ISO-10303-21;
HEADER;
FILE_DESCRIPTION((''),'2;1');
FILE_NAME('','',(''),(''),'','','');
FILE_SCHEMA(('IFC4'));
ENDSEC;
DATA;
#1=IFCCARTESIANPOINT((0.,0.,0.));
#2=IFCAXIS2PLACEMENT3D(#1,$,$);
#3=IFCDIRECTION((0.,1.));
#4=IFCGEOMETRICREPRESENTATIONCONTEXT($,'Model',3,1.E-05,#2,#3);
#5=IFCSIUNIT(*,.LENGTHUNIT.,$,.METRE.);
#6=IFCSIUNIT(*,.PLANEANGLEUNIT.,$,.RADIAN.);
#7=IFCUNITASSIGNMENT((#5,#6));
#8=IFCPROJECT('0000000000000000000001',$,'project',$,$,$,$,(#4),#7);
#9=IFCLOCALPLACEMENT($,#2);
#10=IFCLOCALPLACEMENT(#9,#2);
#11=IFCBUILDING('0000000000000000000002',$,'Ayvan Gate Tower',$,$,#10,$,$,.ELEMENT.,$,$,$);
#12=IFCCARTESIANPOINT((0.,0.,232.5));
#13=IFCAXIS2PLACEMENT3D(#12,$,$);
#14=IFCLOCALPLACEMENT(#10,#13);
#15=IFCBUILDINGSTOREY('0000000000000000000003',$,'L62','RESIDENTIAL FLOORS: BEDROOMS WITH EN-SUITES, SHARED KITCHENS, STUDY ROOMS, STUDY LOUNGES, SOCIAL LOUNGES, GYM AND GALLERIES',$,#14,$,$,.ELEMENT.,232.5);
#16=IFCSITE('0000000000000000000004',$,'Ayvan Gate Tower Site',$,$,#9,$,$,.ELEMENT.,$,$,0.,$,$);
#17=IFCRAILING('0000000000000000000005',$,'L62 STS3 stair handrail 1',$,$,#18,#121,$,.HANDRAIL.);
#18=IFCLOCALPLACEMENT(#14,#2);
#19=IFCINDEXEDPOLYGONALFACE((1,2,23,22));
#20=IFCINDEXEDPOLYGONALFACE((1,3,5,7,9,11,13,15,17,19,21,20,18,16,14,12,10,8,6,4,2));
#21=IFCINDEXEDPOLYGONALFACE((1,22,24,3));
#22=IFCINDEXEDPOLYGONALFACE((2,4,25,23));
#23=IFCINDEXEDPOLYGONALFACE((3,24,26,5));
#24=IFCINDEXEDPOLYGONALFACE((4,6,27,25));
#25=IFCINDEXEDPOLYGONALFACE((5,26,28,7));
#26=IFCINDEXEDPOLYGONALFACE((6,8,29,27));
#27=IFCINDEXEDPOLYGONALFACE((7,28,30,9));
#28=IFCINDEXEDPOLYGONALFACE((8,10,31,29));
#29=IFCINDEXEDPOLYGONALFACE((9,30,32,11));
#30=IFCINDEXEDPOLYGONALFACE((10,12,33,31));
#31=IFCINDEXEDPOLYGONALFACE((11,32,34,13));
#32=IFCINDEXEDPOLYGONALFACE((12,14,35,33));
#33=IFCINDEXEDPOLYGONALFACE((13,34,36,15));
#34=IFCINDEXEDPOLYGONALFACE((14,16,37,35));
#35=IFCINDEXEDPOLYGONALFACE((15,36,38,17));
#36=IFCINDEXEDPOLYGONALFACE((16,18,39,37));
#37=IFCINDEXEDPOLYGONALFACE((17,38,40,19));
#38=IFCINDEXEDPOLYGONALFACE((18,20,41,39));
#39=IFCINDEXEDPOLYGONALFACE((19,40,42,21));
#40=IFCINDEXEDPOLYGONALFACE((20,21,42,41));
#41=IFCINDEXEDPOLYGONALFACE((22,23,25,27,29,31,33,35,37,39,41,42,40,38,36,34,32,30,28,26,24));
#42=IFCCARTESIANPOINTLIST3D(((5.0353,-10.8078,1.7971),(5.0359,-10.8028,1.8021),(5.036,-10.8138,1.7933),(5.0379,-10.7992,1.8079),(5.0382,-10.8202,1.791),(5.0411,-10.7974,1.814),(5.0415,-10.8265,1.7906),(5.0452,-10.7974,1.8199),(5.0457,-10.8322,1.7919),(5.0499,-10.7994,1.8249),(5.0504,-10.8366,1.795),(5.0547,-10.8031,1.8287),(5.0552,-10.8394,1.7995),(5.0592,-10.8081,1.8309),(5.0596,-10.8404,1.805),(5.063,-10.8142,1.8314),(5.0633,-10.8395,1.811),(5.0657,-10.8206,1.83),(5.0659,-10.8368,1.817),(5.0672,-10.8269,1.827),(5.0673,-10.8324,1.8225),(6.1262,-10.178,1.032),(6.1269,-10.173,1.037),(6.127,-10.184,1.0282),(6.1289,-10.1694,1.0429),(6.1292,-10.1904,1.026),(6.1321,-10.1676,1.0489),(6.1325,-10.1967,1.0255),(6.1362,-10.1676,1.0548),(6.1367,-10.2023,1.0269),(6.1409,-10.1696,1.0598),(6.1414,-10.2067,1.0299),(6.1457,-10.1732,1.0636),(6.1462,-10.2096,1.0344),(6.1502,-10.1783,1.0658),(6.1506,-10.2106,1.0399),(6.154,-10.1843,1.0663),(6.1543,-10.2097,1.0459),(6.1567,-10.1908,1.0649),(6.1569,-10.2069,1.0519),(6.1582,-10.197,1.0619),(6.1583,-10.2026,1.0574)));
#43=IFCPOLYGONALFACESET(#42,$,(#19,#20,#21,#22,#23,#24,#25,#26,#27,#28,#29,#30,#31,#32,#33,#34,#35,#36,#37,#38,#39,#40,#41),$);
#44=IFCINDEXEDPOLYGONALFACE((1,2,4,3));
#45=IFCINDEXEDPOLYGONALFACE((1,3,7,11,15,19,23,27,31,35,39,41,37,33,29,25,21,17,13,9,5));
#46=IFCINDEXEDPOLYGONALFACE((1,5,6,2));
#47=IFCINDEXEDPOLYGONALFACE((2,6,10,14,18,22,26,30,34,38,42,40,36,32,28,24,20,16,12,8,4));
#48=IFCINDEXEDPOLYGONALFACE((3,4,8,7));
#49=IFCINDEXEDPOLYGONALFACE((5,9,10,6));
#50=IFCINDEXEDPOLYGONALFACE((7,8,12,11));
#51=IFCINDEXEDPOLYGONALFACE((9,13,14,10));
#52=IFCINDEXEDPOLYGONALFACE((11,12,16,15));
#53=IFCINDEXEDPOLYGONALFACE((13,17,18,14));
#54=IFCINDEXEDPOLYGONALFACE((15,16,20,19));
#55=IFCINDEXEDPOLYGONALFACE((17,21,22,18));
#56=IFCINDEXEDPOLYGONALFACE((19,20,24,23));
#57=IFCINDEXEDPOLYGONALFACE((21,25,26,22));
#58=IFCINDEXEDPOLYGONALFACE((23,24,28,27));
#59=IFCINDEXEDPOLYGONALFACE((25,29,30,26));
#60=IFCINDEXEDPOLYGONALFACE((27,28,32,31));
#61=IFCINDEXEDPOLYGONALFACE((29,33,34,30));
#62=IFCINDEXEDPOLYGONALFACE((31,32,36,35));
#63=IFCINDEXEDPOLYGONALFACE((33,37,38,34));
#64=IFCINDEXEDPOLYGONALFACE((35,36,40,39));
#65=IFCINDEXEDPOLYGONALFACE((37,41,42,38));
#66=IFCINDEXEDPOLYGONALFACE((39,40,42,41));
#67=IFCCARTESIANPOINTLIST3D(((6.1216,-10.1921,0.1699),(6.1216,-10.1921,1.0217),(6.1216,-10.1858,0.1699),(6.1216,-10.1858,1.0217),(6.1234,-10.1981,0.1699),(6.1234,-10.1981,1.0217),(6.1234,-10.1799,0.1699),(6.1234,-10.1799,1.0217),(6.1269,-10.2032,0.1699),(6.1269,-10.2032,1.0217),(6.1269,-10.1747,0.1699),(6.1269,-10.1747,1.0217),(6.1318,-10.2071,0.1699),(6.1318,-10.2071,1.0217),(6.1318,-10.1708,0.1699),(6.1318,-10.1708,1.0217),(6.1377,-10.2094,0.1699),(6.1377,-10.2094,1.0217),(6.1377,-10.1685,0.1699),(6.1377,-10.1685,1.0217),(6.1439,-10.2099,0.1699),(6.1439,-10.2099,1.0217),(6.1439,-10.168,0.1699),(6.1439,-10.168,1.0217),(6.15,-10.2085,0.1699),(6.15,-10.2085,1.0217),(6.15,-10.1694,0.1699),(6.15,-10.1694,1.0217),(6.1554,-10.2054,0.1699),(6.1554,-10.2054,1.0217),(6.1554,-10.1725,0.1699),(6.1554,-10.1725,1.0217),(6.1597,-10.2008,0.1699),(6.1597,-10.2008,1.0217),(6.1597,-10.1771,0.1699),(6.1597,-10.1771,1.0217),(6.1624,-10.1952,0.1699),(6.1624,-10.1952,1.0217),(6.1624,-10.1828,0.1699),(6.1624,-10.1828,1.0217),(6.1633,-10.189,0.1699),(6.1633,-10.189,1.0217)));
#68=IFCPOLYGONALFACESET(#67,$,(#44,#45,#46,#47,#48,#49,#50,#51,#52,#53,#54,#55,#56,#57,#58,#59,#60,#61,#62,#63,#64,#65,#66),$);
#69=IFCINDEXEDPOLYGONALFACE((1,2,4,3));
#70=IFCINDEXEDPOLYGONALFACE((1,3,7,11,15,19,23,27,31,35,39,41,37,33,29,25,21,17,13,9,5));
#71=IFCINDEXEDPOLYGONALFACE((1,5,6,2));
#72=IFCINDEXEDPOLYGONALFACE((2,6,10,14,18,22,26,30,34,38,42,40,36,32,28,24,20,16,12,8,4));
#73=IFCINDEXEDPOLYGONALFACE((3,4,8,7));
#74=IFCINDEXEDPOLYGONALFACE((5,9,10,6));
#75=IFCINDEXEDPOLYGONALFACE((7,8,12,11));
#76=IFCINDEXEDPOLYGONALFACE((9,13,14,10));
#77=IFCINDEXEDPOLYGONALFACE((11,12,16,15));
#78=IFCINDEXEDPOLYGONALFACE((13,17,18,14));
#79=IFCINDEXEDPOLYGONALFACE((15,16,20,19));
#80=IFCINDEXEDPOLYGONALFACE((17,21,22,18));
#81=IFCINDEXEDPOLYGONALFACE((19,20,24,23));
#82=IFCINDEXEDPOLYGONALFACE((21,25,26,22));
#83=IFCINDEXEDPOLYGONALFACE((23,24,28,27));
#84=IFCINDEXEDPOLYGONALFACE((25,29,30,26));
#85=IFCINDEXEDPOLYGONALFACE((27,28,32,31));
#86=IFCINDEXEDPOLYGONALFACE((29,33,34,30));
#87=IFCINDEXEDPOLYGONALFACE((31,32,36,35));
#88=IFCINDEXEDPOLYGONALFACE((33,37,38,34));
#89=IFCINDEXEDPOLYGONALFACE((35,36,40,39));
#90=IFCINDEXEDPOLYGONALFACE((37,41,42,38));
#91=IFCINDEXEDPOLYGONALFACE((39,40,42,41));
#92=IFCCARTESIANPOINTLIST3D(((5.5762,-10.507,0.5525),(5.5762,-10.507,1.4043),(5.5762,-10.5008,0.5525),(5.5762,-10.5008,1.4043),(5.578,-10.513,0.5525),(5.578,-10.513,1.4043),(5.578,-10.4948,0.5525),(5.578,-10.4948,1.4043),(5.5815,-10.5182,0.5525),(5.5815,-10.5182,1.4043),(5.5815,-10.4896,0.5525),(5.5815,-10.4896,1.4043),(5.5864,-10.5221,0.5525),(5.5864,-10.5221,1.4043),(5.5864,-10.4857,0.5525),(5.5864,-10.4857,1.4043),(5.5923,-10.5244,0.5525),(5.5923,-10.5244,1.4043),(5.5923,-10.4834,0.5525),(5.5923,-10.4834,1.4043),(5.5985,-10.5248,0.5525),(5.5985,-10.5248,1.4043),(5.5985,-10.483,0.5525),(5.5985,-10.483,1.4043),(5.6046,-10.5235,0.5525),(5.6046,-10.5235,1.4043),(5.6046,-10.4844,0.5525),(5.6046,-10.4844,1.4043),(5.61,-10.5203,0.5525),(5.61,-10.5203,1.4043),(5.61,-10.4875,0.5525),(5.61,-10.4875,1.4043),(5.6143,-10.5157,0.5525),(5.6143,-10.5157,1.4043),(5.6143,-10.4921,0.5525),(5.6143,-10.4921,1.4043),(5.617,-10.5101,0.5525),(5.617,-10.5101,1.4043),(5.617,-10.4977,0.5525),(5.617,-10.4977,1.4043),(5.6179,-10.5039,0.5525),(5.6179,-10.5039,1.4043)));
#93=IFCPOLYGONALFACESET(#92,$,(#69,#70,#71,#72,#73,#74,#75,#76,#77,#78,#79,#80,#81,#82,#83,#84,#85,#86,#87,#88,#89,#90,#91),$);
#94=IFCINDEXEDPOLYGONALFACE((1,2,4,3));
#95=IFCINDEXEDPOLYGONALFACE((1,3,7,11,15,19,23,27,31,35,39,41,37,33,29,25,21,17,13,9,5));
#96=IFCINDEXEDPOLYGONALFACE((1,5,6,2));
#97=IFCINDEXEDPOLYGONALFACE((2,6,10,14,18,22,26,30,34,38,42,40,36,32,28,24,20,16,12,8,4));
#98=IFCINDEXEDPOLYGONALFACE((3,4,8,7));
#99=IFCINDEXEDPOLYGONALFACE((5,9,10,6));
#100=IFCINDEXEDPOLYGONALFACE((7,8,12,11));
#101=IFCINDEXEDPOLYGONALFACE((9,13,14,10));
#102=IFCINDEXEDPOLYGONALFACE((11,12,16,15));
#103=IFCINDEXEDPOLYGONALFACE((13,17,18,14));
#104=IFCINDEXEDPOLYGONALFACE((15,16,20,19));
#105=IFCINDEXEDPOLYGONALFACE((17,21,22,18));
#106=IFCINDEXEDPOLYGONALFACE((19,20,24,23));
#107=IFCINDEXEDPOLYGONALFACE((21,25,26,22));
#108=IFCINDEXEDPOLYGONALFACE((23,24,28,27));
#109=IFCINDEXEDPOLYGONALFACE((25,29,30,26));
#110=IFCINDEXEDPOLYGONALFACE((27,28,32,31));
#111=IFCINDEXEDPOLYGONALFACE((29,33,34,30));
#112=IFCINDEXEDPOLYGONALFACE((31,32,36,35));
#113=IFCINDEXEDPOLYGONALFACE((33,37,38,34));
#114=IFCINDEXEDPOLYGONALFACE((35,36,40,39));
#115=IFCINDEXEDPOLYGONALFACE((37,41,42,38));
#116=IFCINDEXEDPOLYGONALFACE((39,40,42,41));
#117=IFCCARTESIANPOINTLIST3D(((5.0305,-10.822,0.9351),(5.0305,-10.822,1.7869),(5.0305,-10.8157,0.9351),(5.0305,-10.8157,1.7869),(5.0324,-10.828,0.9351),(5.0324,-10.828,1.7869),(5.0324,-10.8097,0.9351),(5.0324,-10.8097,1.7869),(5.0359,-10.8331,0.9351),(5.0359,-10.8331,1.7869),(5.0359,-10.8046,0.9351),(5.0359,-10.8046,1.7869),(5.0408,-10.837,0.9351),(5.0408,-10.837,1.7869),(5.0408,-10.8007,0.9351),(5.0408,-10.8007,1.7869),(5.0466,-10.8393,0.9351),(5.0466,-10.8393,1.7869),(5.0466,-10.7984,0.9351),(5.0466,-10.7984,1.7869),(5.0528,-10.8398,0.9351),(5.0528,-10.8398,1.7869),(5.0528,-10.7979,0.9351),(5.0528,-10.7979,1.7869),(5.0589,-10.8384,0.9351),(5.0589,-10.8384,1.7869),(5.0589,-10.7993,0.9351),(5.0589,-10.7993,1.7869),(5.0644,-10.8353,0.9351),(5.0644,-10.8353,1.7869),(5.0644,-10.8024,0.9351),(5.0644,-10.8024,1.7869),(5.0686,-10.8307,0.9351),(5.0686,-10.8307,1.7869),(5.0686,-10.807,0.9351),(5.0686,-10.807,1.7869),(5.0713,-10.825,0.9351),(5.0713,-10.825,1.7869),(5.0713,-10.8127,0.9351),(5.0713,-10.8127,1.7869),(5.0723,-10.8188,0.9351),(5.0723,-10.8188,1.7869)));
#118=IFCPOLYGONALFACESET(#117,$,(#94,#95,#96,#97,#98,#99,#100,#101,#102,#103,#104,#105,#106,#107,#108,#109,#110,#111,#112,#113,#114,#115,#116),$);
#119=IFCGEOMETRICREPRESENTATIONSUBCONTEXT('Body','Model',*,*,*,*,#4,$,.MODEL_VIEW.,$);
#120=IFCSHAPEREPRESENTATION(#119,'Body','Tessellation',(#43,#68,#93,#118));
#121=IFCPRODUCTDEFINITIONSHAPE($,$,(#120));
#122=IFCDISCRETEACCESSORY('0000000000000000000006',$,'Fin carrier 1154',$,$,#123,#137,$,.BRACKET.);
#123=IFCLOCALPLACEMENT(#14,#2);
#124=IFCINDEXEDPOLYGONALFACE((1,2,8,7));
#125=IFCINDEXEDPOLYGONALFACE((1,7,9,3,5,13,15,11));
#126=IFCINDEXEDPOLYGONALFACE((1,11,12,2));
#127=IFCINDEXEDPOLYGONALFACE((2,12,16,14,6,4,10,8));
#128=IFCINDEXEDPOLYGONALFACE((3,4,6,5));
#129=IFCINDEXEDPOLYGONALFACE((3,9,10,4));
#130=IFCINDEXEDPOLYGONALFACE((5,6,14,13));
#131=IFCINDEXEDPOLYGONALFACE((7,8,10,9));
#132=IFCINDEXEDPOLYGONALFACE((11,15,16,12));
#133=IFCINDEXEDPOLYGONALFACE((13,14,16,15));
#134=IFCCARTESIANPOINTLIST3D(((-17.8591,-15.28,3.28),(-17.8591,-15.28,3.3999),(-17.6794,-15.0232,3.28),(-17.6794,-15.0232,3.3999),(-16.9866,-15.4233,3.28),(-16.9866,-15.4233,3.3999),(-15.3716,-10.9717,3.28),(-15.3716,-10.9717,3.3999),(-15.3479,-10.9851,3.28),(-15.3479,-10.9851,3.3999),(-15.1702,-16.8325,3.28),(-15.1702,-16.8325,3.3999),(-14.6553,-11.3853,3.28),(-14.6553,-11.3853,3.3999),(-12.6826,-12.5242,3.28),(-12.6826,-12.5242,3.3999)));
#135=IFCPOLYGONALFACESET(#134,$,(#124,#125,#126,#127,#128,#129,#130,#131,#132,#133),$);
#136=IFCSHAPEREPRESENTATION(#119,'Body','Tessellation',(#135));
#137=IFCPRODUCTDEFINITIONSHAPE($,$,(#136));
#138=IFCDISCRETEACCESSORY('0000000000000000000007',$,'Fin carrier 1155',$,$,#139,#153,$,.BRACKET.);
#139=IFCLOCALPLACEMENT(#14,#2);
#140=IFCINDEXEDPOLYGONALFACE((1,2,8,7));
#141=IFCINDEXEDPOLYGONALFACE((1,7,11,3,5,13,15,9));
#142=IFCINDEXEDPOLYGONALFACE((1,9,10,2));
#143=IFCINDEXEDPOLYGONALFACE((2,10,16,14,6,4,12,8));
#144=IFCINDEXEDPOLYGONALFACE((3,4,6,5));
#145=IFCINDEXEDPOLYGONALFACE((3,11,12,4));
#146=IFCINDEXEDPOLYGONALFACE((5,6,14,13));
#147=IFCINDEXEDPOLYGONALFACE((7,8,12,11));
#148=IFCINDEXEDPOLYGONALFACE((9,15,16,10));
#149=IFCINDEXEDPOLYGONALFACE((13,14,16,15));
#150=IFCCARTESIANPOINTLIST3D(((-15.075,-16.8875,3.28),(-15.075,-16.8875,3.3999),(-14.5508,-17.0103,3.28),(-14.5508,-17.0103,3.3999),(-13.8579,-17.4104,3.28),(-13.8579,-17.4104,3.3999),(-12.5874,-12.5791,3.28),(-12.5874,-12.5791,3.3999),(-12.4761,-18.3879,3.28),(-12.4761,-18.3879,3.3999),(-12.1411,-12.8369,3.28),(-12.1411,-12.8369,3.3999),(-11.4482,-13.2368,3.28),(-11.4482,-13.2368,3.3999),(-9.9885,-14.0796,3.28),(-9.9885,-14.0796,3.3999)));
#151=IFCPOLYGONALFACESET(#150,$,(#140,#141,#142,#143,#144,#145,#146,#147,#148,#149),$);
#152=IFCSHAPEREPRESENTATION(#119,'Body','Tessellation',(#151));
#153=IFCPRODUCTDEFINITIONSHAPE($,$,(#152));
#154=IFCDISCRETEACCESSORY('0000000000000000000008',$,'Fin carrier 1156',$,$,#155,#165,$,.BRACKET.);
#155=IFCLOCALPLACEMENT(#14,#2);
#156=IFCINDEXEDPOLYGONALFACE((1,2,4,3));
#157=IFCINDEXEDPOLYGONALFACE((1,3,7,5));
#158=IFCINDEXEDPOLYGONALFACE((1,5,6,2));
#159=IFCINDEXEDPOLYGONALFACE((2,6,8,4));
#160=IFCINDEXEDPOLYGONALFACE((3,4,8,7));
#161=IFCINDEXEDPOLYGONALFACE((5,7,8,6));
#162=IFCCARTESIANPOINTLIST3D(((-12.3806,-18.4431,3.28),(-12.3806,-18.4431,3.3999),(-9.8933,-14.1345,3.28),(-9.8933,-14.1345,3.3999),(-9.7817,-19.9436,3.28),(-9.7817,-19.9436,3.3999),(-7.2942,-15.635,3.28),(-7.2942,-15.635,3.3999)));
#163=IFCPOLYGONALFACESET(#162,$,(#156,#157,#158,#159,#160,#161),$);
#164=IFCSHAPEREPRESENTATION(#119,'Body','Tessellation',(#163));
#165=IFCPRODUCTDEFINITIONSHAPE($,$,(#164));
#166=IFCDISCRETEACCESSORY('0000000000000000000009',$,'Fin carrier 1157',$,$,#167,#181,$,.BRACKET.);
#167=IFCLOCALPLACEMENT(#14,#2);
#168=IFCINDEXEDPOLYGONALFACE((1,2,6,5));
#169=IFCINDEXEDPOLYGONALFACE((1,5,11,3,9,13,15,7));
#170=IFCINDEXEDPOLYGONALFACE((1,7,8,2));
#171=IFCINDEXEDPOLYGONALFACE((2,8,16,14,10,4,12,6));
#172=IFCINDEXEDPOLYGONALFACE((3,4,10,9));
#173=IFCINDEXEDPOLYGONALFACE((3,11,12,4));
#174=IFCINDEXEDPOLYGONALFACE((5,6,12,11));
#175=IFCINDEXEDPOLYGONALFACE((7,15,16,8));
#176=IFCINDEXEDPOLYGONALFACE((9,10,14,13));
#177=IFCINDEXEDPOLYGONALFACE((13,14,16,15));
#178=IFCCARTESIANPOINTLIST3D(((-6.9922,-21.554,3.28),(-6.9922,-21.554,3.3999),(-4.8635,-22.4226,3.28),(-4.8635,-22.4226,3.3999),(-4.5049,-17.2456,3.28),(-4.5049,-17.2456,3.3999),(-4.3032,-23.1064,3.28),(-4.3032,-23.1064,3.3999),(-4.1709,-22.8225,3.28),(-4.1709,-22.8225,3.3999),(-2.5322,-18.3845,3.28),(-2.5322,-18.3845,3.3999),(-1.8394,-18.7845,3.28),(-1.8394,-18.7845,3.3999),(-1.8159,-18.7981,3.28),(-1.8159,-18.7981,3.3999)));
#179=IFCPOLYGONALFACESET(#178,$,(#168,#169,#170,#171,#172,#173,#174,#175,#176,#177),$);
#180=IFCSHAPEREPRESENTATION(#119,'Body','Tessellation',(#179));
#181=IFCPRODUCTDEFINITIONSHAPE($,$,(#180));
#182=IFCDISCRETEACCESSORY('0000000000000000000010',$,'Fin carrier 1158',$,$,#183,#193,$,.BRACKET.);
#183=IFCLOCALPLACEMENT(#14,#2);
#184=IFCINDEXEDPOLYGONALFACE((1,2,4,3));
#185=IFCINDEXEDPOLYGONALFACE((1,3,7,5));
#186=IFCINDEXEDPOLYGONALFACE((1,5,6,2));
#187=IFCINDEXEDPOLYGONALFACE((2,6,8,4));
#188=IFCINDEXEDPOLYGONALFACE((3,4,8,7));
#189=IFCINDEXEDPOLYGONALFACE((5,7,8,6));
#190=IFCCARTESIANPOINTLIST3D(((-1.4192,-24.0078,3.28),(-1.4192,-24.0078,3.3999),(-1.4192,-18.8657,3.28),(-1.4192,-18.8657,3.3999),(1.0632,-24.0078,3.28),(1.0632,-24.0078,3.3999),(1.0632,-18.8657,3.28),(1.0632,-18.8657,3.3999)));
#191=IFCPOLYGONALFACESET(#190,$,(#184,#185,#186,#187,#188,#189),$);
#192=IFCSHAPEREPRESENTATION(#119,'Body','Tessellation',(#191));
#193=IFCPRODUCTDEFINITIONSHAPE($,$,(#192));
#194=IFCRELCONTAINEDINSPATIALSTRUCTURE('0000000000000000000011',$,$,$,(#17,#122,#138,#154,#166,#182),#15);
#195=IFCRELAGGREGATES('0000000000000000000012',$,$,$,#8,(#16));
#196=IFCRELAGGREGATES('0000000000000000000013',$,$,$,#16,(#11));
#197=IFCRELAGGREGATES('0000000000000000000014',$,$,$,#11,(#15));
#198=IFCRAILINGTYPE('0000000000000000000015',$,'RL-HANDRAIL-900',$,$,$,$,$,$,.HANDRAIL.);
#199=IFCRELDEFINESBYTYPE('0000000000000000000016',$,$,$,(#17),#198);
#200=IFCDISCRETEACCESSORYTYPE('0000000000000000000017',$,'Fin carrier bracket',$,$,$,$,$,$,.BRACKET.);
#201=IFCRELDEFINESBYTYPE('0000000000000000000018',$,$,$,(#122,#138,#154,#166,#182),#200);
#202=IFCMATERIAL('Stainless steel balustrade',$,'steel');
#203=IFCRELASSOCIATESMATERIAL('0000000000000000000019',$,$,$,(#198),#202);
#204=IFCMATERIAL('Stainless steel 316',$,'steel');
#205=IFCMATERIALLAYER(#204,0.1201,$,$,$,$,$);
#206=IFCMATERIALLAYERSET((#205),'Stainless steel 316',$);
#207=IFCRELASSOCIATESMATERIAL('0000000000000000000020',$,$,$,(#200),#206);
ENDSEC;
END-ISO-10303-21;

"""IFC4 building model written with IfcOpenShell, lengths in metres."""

from ifc_helpers import new_model, si_unit, direction, frame, origin, origin_2d, place, context, subcontext, project, spatial, polyline, circle, outline, extrude, material, layer, layer_set, type_object, element, save


model = new_model("IFC4")

# Units and contexts
model_context = context("Model", 3, precision=1e-05, world=origin(), true_north=direction((0.0, 1.0)))
body_context = subcontext(model_context, "Body", "Model", "MODEL_VIEW")
ifc_project = project(units=[si_unit("LENGTHUNIT", "METRE"), si_unit("PLANEANGLEUNIT", "RADIAN")], contexts=[model_context])

# Site, building, storey
site_placement = place(None, origin())
site = spatial("IfcSite", under=ifc_project, at=site_placement, Name="Ayvan Gate Tower Site", CompositionType="ELEMENT", RefElevation=0.0)
building_placement = place(site_placement, origin())
building = spatial("IfcBuilding", under=site, at=building_placement, Name="Ayvan Gate Tower", CompositionType="ELEMENT")
storey_placement = place(building_placement, frame((0.0, 0.0, 232.5)))
storey = spatial("IfcBuildingStorey", under=building, at=storey_placement, Name="L62", Description="RESIDENTIAL FLOORS: BEDROOMS WITH EN-SUITES, SHARED KITCHENS, STUDY ROOMS, STUDY LOUNGES, SOCIAL LOUNGES, GYM AND GALLERIES", CompositionType="ELEMENT", Elevation=232.5)

# Railing
ifc_material_1 = material(Name="Stainless steel balustrade", Category="steel")
railing_type = type_object("IfcRailingType", Name="RL-HANDRAIL-900", PredefinedType="HANDRAIL", material=ifc_material_1)
railing_placement = place(storey_placement, frame((6.1423, -10.189, 0.1699)))
element("IfcRailing", 1, at=railing_placement, inside=storey, type_object=railing_type, Name="L62 STS3 stair handrail 1", PredefinedType="HANDRAIL", context=body_context, shape_type="SweptSolid", body=[
    extrude(circle(Radius=0.0239, at=origin_2d()), frame((0.0, 0.0, 0.876), z_axis=(-0.740218, -0.427336, 0.519097), x_axis=(0.499974, -0.86604, 0.0)), (0.0, 0.0, 1.0), 1.4739),
    extrude(circle(Radius=0.021, at=origin_2d()), origin(), (0.0, 0.0, 1.0), 0.8518),
    extrude(circle(Radius=0.021, at=origin_2d()), frame((-0.5454, -0.3149, 0.3826)), (0.0, 0.0, 1.0), 0.8518),
    extrude(circle(Radius=0.021, at=origin_2d()), frame((-1.0911, -0.6299, 0.7651)), (0.0, 0.0, 1.0), 0.8518),
])

# Discrete accessories
ifc_material_2 = material(Name="Stainless steel 316", Category="steel")
ifc_layer_1 = layer(ifc_material_2, 0.1201)
ifc_layer_set_1 = layer_set([ifc_layer_1], Name="Stainless steel 316")
discrete_accessory_type = type_object("IfcDiscreteAccessoryType", Name="Fin carrier bracket", PredefinedType="BRACKET", material=ifc_layer_set_1)
discrete_accessory_1_placement = place(storey_placement, frame((0.0, 0.0, 3.28)))
element("IfcDiscreteAccessory", 2, at=discrete_accessory_1_placement, inside=storey, type_object=discrete_accessory_type, Name="Fin carrier 1154", PredefinedType="BRACKET", context=body_context, shape_type="SweptSolid", body=[
    extrude(outline(polyline([(-12.6826, -12.5242), (-15.1702, -16.8325), (-17.8591, -15.28), (-15.3716, -10.9717), (-15.3479, -10.9851), (-17.6794, -15.0232), (-16.9866, -15.4233), (-14.6553, -11.3853), (-12.6826, -12.5242)])), origin(), (0.0, 0.0, 1.0), 0.1199),
])
discrete_accessory_2_placement = place(storey_placement, frame((0.0, 0.0, 3.28)))
element("IfcDiscreteAccessory", 3, at=discrete_accessory_2_placement, inside=storey, type_object=discrete_accessory_type, Name="Fin carrier 1155", PredefinedType="BRACKET", context=body_context, shape_type="SweptSolid", body=[
    extrude(outline(polyline([(-9.9885, -14.0796), (-12.4761, -18.3879), (-15.075, -16.8875), (-12.5874, -12.5791), (-12.1411, -12.8369), (-14.5508, -17.0103), (-13.8579, -17.4104), (-11.4482, -13.2368), (-9.9885, -14.0796)])), origin(), (0.0, 0.0, 1.0), 0.1199),
])
discrete_accessory_3_placement = place(storey_placement, frame((0.0, 0.0, 3.28)))
element("IfcDiscreteAccessory", 4, at=discrete_accessory_3_placement, inside=storey, type_object=discrete_accessory_type, Name="Fin carrier 1156", PredefinedType="BRACKET", context=body_context, shape_type="SweptSolid", body=[
    extrude(outline(polyline([(-12.3806, -18.4431), (-9.8933, -14.1345), (-7.2942, -15.635), (-9.7817, -19.9436), (-12.3806, -18.4431)])), origin(), (0.0, 0.0, 1.0), 0.1199),
])
discrete_accessory_4_placement = place(storey_placement, frame((0.0, 0.0, 3.28)))
element("IfcDiscreteAccessory", 5, at=discrete_accessory_4_placement, inside=storey, type_object=discrete_accessory_type, Name="Fin carrier 1157", PredefinedType="BRACKET", context=body_context, shape_type="SweptSolid", body=[
    extrude(outline(polyline([(-1.8159, -18.7981), (-4.3032, -23.1064), (-6.9922, -21.554), (-4.5049, -17.2456), (-2.5322, -18.3845), (-4.8635, -22.4226), (-4.1709, -22.8225), (-1.8394, -18.7844), (-2.345, -18.4927), (-1.8159, -18.7981)])), origin(), (0.0, 0.0, 1.0), 0.1199),
])
discrete_accessory_5_placement = place(storey_placement, frame((0.0, 0.0, 3.28)))
element("IfcDiscreteAccessory", 6, at=discrete_accessory_5_placement, inside=storey, type_object=discrete_accessory_type, Name="Fin carrier 1158", PredefinedType="BRACKET", context=body_context, shape_type="SweptSolid", body=[
    extrude(outline(polyline([(-1.4192, -24.0078), (-1.4192, -18.8657), (1.0632, -18.8657), (1.0632, -24.0078), (-1.4192, -24.0078)])), origin(), (0.0, 0.0, 1.0), 0.1199),
])

save(model, "model.ifc")
